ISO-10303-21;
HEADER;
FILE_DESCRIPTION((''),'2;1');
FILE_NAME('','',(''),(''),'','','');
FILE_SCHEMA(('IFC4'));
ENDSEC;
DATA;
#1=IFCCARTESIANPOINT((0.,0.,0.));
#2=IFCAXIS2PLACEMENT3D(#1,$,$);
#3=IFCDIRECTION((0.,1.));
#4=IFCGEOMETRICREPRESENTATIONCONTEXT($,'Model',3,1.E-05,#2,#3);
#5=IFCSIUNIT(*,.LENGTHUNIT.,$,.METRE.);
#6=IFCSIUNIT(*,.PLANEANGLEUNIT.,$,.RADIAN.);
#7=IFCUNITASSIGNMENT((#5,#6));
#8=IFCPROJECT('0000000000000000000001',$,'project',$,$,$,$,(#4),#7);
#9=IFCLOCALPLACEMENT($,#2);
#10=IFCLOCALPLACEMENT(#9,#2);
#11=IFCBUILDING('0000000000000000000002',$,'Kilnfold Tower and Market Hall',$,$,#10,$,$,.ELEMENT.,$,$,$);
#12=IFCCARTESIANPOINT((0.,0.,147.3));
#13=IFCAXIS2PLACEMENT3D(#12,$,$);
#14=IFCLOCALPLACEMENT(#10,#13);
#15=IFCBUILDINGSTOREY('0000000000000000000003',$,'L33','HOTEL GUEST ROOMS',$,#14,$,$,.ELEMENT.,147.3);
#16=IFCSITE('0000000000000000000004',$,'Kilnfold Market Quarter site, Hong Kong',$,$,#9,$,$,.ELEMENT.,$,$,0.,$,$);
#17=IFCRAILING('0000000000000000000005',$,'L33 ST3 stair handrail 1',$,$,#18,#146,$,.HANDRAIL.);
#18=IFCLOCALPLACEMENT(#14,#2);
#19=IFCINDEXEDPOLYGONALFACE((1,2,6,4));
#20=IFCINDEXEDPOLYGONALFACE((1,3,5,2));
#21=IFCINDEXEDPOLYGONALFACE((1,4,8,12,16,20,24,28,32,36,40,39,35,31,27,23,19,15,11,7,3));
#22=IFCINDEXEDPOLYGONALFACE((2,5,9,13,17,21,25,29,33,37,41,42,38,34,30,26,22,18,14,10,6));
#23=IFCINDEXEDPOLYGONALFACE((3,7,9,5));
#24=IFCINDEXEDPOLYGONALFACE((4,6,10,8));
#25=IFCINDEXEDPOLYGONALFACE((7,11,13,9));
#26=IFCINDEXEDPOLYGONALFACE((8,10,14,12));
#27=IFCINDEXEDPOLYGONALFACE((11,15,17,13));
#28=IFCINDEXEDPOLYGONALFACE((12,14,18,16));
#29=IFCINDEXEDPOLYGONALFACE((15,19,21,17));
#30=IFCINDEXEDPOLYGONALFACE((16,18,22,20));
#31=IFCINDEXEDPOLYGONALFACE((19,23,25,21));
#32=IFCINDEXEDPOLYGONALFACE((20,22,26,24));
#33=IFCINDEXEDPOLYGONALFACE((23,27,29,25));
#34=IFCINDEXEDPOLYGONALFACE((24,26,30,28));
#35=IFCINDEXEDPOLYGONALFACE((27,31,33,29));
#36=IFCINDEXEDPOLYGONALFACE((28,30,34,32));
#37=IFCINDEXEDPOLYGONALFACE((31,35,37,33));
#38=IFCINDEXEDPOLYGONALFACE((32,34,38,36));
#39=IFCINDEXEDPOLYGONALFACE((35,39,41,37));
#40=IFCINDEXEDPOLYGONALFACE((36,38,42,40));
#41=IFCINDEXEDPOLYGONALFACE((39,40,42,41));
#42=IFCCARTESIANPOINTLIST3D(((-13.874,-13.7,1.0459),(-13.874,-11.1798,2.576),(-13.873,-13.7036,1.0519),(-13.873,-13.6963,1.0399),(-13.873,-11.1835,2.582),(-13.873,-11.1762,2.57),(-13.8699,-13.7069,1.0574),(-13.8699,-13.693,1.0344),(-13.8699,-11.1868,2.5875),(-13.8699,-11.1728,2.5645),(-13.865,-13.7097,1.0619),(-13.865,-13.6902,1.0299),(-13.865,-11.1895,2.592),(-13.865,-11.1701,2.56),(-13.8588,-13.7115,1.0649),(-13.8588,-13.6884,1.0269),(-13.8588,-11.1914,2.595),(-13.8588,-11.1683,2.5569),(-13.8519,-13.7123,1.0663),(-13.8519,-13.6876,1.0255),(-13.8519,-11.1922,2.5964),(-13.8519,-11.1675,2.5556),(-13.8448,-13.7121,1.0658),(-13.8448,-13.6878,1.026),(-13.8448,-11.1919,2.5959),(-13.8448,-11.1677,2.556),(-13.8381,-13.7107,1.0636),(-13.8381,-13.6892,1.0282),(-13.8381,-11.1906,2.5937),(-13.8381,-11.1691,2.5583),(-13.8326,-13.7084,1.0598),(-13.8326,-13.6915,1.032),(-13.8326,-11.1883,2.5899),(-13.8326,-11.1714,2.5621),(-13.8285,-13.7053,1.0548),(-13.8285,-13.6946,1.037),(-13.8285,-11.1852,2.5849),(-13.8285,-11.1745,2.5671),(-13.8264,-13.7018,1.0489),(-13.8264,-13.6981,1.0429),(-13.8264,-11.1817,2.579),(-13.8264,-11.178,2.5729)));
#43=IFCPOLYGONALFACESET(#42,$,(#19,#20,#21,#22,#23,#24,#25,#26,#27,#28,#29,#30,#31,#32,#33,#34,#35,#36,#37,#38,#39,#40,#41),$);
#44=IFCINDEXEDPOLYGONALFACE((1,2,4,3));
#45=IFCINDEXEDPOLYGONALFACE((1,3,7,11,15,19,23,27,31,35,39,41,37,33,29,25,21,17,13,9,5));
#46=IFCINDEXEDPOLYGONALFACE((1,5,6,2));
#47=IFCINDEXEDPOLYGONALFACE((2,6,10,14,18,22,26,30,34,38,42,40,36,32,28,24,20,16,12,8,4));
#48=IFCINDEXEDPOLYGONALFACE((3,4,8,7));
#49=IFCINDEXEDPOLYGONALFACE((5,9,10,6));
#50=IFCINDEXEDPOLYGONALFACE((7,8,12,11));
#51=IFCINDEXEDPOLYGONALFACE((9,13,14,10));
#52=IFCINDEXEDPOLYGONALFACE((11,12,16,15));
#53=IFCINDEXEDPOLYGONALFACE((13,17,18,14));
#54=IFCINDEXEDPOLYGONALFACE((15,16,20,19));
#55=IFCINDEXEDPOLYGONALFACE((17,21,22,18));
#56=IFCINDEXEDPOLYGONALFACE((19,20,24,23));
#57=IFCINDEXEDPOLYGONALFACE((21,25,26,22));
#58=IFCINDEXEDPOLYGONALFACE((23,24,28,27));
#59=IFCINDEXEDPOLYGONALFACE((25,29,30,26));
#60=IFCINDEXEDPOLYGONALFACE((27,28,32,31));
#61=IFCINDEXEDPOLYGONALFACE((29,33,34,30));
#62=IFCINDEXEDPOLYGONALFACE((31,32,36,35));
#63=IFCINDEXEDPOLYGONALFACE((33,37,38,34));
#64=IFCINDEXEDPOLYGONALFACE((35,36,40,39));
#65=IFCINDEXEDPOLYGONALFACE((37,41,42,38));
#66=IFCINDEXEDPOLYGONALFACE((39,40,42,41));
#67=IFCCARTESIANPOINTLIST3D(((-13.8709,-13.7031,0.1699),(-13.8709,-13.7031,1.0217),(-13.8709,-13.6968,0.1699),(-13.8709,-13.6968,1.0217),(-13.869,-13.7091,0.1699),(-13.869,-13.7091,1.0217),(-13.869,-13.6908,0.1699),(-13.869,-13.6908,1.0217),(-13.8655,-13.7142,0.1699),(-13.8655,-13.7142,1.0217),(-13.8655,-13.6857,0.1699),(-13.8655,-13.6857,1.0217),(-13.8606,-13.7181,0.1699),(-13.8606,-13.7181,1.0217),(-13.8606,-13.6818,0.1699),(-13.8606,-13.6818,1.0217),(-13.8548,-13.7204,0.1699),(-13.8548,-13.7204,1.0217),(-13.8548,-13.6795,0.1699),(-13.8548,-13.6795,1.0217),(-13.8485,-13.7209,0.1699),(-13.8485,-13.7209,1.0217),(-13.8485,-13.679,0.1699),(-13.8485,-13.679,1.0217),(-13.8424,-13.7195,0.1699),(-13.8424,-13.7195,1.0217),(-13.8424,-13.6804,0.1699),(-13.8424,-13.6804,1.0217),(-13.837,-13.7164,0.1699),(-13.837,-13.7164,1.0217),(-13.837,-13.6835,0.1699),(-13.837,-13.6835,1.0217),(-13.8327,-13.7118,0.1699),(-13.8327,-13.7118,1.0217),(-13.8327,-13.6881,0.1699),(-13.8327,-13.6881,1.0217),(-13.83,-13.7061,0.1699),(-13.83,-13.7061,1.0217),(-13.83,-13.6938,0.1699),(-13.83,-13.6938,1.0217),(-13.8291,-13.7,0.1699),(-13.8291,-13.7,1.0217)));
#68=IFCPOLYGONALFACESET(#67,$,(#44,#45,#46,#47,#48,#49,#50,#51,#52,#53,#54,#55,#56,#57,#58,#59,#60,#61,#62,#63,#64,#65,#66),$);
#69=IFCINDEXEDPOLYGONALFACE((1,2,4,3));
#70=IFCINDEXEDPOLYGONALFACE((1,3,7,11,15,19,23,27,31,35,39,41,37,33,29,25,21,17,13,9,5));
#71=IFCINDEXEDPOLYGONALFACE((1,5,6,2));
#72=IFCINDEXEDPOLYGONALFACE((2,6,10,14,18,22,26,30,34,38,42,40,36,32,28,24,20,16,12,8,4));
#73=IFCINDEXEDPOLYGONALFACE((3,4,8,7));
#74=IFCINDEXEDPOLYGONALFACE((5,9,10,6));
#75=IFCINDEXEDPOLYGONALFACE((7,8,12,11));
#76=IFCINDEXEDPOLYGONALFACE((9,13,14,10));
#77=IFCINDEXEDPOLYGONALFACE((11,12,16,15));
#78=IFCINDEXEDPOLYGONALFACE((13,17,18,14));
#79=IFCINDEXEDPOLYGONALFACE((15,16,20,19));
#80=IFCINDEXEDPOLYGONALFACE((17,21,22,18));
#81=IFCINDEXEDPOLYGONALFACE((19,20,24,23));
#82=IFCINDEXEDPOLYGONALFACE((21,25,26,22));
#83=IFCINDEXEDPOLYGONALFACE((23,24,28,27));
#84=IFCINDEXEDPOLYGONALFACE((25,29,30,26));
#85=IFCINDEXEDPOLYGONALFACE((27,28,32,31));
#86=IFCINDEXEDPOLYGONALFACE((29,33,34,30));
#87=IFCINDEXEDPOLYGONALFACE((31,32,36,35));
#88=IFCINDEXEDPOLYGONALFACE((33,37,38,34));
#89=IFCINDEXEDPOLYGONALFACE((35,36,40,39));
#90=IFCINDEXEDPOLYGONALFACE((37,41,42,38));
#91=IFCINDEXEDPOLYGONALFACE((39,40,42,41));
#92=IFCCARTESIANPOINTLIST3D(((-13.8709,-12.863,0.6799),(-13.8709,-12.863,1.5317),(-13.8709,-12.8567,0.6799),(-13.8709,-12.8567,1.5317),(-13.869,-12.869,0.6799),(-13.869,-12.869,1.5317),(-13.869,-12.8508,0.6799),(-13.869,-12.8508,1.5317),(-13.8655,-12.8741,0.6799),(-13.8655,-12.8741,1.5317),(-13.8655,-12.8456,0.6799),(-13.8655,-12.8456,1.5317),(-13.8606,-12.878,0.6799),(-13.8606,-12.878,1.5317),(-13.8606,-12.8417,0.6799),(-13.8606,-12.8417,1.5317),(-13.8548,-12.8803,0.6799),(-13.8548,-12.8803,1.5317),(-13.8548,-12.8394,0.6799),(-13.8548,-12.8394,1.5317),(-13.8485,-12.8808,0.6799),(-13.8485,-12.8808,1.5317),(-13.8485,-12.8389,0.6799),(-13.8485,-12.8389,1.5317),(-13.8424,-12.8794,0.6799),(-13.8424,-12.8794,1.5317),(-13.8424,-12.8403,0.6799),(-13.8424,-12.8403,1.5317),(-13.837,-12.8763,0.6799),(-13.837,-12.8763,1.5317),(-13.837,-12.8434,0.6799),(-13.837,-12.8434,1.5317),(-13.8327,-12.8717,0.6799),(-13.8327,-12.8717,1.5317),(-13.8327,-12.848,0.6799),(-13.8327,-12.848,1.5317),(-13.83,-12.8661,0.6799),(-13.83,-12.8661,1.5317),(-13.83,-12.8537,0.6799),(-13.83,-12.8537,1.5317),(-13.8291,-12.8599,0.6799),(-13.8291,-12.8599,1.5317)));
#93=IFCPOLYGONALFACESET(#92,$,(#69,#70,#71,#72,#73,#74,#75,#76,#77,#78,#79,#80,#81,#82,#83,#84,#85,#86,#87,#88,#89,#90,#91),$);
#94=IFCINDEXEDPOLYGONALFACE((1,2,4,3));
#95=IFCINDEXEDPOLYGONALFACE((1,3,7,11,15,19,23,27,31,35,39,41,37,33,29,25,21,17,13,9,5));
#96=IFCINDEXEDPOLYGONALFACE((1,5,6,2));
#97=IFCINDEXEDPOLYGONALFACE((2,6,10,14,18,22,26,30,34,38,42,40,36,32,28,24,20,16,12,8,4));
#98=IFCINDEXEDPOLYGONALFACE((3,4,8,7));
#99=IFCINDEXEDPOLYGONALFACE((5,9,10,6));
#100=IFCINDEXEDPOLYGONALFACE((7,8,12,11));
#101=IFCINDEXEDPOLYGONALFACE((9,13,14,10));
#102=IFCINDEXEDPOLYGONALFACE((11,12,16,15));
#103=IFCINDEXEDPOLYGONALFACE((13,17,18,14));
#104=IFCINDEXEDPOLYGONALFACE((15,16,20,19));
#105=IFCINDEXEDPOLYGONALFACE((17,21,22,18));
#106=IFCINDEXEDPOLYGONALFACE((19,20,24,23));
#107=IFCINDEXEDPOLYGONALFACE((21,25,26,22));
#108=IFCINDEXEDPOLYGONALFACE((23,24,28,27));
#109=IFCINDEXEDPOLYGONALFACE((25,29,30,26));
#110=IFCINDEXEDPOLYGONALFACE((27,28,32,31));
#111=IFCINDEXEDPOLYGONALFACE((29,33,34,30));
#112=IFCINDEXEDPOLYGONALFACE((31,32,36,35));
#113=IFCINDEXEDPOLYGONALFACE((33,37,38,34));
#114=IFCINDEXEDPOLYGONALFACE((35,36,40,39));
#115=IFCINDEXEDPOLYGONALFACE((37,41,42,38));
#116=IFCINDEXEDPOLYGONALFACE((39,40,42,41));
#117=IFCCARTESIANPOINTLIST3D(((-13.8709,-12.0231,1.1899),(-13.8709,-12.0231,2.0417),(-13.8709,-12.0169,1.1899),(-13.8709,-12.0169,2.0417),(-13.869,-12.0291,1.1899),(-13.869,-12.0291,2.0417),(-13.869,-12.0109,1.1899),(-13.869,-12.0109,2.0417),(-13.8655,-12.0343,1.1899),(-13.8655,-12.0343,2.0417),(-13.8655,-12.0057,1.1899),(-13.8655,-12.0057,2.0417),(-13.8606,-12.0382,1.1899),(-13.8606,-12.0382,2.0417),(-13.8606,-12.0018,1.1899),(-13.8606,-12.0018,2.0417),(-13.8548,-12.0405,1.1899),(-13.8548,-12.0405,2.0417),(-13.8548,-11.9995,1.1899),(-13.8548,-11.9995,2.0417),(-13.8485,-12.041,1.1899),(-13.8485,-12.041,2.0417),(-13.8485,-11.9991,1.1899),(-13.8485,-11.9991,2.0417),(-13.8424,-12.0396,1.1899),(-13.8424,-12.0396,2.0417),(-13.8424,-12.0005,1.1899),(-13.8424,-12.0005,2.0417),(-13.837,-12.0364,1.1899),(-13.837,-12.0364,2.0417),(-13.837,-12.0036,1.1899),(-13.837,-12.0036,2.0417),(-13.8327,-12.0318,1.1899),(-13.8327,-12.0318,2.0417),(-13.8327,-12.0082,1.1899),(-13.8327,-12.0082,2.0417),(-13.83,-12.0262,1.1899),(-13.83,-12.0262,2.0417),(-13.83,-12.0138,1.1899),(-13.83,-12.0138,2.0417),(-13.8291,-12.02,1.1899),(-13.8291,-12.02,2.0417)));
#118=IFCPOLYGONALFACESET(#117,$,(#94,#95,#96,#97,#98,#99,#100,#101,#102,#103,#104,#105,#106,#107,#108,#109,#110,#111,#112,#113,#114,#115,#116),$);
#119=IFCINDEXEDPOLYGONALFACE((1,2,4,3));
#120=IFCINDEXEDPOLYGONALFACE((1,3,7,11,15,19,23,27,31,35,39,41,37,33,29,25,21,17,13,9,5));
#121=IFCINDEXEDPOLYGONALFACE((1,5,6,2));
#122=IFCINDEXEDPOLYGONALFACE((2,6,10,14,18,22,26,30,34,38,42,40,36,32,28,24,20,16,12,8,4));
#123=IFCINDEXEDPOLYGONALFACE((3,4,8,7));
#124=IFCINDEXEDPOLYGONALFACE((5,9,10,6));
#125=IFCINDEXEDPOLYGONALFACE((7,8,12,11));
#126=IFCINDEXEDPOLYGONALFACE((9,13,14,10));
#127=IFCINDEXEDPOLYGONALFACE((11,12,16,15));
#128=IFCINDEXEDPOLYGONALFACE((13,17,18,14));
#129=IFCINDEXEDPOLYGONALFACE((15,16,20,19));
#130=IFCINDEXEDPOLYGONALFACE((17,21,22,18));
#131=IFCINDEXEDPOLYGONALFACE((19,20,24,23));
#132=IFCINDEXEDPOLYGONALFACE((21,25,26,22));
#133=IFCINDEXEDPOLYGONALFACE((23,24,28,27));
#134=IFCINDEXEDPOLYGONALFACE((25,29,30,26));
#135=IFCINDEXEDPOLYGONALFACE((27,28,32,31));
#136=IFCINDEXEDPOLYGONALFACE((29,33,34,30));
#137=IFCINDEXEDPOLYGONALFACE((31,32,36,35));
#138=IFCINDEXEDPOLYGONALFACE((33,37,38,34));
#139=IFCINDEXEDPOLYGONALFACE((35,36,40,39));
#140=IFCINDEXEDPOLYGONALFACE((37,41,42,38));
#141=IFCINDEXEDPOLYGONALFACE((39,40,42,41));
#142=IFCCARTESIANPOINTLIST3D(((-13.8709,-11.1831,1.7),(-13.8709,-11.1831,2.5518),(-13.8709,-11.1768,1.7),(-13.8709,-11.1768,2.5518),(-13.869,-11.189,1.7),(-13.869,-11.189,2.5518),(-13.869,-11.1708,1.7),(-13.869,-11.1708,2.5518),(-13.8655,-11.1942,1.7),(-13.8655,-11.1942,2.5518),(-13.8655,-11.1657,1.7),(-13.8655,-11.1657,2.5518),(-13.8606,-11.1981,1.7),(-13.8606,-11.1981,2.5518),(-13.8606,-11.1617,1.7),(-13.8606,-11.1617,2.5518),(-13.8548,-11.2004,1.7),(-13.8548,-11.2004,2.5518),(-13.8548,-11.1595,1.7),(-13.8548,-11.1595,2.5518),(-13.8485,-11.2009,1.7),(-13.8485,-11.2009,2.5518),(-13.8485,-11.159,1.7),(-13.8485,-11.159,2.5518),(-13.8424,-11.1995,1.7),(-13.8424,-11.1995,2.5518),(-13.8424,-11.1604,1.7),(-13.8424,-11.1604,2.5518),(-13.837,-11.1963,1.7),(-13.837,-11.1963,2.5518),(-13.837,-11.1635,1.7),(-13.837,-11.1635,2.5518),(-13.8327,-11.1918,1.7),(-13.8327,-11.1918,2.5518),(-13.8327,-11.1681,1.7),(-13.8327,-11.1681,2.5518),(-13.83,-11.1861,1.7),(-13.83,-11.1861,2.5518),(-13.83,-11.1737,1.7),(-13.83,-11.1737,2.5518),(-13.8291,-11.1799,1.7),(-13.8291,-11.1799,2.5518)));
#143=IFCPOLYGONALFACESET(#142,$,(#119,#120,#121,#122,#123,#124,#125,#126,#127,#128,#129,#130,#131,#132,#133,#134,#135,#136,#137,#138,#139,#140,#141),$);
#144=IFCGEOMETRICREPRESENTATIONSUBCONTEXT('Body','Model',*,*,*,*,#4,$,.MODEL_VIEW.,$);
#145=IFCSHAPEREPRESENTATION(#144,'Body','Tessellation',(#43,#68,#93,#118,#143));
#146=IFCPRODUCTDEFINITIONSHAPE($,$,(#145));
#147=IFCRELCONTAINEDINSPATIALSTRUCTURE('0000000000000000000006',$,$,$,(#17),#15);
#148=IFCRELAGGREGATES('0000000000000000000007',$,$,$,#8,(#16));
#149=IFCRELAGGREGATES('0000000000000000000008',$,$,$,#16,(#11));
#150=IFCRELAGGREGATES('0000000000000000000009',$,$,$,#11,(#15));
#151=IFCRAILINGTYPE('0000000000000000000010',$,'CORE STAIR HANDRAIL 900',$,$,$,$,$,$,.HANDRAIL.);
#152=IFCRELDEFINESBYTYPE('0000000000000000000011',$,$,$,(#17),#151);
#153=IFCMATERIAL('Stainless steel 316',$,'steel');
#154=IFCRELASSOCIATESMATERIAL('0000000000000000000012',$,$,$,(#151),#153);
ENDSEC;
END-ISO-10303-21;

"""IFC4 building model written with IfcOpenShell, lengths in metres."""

from ifc_helpers import new_model, si_unit, direction, frame, origin, origin_2d, place, context, subcontext, project, spatial, circle, extrude, material, type_object, element, save


model = new_model("IFC4")

# Units and contexts
model_context = context("Model", 3, precision=1e-05, world=origin(), true_north=direction((0.0, 1.0)))
body_context = subcontext(model_context, "Body", "Model", "MODEL_VIEW")
ifc_project = project(units=[si_unit("LENGTHUNIT", "METRE"), si_unit("PLANEANGLEUNIT", "RADIAN")], contexts=[model_context])

# Site, building, storey
site_placement = place(None, origin())
site = spatial("IfcSite", under=ifc_project, at=site_placement, Name="Kilnfold Market Quarter site, Hong Kong", CompositionType="ELEMENT", RefElevation=0.0)
building_placement = place(site_placement, origin())
building = spatial("IfcBuilding", under=site, at=building_placement, Name="Kilnfold Tower and Market Hall", CompositionType="ELEMENT")
storey_placement = place(building_placement, frame((0.0, 0.0, 147.3)))
storey = spatial("IfcBuildingStorey", under=building, at=storey_placement, Name="L33", Description="HOTEL GUEST ROOMS", CompositionType="ELEMENT", Elevation=147.3)

# Railing
ifc_material_1 = material(Name="Stainless steel 316", Category="steel")
railing_type_1 = type_object("IfcRailingType", Name="CORE STAIR HANDRAIL 900", PredefinedType="HANDRAIL", material=ifc_material_1)
railing_1_placement = place(storey_placement, frame((-13.8501, -13.7, 0.1699)))
element("IfcRailing", 1, at=railing_1_placement, inside=storey, type_object=railing_type_1, Name="L33 ST3 stair handrail 1", PredefinedType="HANDRAIL", context=body_context, shape_type="SweptSolid", body=[
    extrude(circle(Radius=0.0239, at=origin_2d()), frame((0.0, 0.0, 0.876), z_axis=(0.0, 0.854785, 0.518982), x_axis=(-1.0, 0.0, 0.0)), (0.0, 0.0, 1.0), 2.9482),
    extrude(circle(Radius=0.021, at=origin_2d()), origin(), (0.0, 0.0, 1.0), 0.8518),
    extrude(circle(Radius=0.021, at=origin_2d()), frame((0.0, 0.8401, 0.51)), (0.0, 0.0, 1.0), 0.8518),
    extrude(circle(Radius=0.021, at=origin_2d()), frame((0.0, 1.6799, 1.02)), (0.0, 0.0, 1.0), 0.8518),
    extrude(circle(Radius=0.021, at=origin_2d()), frame((0.0, 2.52, 1.53)), (0.0, 0.0, 1.0), 0.8518),
])

save(model, "model.ifc")
